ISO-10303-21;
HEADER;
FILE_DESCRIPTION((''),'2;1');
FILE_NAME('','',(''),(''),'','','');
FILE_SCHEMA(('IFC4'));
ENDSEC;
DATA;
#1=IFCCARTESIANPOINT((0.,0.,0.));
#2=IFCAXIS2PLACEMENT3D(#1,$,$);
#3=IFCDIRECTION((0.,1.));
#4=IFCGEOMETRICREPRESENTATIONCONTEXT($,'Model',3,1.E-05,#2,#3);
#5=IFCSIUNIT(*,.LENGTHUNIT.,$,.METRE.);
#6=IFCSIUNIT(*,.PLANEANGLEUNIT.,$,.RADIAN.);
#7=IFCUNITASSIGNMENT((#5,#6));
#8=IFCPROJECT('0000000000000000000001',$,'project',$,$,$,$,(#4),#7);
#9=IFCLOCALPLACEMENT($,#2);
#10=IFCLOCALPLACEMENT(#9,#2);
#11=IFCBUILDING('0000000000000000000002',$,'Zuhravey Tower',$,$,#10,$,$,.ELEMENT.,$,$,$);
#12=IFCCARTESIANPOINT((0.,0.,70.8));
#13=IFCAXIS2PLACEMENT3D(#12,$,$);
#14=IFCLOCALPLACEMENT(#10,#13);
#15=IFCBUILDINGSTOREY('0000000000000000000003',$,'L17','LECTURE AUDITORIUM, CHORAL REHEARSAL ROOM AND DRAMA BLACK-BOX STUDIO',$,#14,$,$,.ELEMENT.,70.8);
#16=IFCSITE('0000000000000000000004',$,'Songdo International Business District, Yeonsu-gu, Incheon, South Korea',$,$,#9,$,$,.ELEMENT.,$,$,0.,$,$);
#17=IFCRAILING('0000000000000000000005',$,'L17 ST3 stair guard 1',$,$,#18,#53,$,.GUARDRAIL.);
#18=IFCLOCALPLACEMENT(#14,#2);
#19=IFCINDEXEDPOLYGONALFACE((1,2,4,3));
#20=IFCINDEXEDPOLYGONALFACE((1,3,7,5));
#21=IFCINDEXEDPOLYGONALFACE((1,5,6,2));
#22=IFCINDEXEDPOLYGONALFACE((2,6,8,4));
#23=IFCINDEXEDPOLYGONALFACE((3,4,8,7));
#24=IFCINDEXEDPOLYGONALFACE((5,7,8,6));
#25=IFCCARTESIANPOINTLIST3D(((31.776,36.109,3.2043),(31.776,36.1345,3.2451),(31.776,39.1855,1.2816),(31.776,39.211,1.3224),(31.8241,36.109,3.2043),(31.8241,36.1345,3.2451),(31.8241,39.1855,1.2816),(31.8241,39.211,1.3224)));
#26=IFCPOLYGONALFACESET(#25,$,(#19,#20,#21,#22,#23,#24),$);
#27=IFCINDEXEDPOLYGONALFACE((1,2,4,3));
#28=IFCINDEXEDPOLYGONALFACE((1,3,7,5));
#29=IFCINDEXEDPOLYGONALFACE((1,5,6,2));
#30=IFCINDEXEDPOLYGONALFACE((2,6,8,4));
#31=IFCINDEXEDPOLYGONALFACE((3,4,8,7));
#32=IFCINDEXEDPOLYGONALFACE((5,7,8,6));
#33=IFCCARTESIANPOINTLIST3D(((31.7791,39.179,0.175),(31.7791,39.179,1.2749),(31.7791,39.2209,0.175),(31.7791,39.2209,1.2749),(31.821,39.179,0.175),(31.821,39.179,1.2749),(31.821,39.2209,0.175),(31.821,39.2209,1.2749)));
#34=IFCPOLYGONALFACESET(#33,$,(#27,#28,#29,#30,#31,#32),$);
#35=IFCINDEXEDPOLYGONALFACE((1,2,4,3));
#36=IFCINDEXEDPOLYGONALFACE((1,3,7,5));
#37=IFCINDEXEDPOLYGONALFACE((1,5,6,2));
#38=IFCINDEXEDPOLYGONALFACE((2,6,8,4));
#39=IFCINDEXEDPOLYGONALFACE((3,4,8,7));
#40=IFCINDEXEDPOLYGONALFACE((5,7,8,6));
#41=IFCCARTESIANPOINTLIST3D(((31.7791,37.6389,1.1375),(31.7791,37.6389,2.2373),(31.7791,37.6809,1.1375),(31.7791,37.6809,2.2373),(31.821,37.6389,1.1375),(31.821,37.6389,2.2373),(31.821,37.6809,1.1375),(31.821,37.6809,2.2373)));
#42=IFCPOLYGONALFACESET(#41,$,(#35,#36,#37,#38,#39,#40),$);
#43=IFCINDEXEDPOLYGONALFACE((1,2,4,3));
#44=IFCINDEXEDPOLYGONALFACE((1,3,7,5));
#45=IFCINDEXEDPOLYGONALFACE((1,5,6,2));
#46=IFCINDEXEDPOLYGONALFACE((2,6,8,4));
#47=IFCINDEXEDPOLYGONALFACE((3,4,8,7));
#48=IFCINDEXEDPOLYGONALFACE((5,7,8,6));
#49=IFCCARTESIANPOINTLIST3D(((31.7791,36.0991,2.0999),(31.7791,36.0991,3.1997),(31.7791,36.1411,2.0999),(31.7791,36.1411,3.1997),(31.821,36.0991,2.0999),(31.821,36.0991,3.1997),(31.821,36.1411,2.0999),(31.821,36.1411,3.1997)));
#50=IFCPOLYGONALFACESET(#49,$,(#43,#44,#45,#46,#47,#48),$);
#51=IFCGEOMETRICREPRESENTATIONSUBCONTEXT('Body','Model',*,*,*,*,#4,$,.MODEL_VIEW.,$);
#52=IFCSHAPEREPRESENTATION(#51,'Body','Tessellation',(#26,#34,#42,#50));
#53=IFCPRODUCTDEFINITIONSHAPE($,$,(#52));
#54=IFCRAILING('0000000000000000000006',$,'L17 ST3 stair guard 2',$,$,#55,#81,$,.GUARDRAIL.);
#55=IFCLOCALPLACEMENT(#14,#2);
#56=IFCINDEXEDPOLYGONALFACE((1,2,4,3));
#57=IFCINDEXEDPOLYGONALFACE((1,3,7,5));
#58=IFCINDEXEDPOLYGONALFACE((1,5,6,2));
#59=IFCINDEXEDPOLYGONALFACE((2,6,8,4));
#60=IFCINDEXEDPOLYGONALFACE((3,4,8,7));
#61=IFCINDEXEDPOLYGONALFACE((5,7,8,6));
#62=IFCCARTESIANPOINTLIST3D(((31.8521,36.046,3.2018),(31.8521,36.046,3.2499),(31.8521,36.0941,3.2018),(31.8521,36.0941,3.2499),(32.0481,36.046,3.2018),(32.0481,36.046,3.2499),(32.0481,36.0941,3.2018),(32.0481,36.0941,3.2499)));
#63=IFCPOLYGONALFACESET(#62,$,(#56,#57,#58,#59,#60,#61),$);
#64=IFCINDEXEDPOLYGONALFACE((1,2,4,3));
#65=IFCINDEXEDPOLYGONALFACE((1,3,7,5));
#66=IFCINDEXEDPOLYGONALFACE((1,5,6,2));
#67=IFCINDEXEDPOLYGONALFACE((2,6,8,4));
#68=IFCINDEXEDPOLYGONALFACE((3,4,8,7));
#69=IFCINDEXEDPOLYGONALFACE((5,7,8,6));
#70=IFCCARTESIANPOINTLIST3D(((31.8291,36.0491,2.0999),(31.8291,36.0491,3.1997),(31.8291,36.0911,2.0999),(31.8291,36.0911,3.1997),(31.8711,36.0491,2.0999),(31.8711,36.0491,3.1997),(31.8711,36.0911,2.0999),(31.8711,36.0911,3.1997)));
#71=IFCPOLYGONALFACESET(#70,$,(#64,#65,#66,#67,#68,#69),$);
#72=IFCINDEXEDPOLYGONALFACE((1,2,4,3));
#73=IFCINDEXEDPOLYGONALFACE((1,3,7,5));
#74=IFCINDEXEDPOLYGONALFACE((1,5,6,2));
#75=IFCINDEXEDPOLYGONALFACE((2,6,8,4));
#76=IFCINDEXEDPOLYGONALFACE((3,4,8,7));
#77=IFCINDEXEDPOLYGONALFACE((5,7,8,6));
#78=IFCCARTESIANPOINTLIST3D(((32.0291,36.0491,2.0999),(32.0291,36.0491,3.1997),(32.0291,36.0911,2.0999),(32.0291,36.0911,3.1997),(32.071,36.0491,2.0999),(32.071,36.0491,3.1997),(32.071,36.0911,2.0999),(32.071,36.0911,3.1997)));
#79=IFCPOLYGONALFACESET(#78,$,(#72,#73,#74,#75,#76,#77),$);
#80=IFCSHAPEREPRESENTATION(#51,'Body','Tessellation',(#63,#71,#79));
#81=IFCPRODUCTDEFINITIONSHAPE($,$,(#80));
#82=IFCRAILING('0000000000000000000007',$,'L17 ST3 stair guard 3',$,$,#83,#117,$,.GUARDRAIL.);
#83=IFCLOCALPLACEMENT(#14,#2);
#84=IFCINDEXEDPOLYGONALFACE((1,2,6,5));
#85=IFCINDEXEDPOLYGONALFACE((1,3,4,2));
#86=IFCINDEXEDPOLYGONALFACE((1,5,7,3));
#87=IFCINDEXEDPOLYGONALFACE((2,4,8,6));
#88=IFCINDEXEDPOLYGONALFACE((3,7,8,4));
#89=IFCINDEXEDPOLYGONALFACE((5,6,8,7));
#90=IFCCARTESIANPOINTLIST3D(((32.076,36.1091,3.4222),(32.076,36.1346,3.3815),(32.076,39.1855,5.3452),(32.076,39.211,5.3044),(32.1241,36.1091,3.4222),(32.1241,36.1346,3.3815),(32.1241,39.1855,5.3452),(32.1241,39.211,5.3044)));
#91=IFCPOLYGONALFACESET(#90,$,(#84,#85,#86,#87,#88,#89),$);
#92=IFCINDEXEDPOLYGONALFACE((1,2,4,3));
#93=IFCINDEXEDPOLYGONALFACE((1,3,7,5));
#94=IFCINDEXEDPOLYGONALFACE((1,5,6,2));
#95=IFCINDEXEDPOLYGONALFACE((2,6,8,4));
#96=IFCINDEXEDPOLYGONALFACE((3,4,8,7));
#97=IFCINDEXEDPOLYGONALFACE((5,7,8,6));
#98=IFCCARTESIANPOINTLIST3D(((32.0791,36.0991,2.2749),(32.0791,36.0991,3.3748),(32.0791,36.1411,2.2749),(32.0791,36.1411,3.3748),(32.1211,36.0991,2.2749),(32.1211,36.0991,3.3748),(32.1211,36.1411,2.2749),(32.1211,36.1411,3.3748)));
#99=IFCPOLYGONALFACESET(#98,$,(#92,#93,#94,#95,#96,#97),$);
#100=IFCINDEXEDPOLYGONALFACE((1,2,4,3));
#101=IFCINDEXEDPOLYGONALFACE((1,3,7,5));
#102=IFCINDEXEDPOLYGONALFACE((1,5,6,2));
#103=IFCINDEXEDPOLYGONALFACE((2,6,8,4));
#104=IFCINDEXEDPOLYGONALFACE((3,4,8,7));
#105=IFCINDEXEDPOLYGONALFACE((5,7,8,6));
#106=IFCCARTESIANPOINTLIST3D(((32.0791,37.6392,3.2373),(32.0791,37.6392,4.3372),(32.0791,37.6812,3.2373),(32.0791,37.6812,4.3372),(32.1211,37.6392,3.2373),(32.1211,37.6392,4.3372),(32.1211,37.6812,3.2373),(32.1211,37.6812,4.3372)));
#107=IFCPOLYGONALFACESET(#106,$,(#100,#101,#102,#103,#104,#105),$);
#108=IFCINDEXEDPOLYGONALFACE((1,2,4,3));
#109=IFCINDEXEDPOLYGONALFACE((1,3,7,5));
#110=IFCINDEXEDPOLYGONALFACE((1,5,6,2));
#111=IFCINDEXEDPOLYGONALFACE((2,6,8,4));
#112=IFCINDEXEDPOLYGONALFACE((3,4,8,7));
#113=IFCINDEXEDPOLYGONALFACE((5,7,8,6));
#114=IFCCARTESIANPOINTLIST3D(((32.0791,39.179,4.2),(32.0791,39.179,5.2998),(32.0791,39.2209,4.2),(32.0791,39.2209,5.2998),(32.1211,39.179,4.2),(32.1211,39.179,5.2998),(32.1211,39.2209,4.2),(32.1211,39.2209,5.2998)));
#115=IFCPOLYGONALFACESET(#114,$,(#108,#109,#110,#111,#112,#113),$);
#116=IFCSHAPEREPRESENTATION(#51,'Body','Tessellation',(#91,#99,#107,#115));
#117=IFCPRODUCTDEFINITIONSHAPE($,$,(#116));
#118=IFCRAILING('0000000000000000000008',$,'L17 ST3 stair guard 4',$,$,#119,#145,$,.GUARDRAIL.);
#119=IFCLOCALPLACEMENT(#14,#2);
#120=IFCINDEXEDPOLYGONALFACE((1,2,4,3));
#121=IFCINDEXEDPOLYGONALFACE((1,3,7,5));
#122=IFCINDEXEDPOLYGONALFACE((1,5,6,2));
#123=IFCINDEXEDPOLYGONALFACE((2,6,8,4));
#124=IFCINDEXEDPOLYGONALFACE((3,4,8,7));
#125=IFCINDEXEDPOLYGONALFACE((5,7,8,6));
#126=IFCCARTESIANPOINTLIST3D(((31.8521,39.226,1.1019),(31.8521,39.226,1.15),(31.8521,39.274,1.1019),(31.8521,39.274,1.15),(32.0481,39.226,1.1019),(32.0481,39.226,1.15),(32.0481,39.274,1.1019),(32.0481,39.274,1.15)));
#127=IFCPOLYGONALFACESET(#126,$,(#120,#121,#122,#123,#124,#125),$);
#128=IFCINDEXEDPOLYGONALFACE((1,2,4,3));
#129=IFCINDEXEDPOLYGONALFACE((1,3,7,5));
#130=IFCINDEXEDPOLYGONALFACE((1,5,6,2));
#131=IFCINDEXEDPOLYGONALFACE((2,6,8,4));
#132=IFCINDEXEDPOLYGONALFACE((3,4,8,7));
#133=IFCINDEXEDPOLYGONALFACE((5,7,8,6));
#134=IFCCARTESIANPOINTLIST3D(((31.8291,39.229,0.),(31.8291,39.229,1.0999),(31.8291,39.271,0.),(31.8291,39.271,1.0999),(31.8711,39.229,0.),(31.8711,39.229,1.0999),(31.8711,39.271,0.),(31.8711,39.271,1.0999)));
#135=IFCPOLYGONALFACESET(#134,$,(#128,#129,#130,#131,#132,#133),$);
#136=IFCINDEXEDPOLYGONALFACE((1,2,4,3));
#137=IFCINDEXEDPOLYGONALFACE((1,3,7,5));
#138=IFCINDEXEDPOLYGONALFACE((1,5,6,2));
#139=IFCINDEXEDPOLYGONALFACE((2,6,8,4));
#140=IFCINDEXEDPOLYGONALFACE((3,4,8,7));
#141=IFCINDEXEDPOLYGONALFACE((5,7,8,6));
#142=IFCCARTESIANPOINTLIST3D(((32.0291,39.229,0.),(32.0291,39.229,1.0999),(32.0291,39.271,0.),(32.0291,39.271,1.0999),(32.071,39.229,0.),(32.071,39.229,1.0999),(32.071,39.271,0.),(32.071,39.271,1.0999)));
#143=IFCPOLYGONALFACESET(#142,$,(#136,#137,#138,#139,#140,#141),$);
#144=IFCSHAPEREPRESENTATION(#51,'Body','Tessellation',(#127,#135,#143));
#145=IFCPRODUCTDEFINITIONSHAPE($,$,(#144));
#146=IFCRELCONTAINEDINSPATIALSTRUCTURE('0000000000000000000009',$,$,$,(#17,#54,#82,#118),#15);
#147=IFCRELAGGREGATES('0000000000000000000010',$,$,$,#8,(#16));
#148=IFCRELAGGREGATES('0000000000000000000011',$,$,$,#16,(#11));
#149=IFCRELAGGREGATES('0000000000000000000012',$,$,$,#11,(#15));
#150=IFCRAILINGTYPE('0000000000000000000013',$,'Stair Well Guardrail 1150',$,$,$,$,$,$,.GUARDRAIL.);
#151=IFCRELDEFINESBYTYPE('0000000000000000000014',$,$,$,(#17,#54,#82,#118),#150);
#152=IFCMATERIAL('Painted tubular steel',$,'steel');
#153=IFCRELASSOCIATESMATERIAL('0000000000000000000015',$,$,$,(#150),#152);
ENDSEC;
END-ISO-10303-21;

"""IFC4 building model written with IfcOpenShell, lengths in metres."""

from ifc_helpers import new_model, si_unit, direction, frame, origin, origin_2d, place, context, subcontext, project, spatial, rectangle, extrude, material, type_object, element, save


model = new_model("IFC4")

# Units and contexts
model_context = context("Model", 3, precision=1e-05, world=origin(), true_north=direction((0.0, 1.0)))
body_context = subcontext(model_context, "Body", "Model", "MODEL_VIEW")
ifc_project = project(units=[si_unit("LENGTHUNIT", "METRE"), si_unit("PLANEANGLEUNIT", "RADIAN")], contexts=[model_context])

# Site, building, storey
site_placement = place(None, origin())
site = spatial("IfcSite", under=ifc_project, at=site_placement, Name="Songdo International Business District, Yeonsu-gu, Incheon, South Korea", CompositionType="ELEMENT", RefElevation=0.0)
building_placement = place(site_placement, origin())
building = spatial("IfcBuilding", under=site, at=building_placement, Name="Zuhravey Tower", CompositionType="ELEMENT")
storey_placement = place(building_placement, frame((0.0, 0.0, 70.8)))
storey = spatial("IfcBuildingStorey", under=building, at=storey_placement, Name="L17", Description="LECTURE AUDITORIUM, CHORAL REHEARSAL ROOM AND DRAMA BLACK-BOX STUDIO", CompositionType="ELEMENT", Elevation=70.8)

# Railings
ifc_material_1 = material(Name="Painted tubular steel", Category="steel")
railing_type_1 = type_object("IfcRailingType", Name="Stair Well Guardrail 1150", PredefinedType="GUARDRAIL", material=ifc_material_1)
railing_1_placement = place(storey_placement, frame((31.8, 39.2, 0.175)))
element("IfcRailing", 1, at=railing_1_placement, inside=storey, type_object=railing_type_1, Name="L17 ST3 stair guard 1", PredefinedType="GUARDRAIL", context=body_context, shape_type="SweptSolid", body=[
    extrude(rectangle(XDim=0.0481, YDim=0.0481, at=origin_2d()), frame((0.0, -0.0017, 1.127), z_axis=(0.0, -0.84801, 0.529981), x_axis=(1.0, 0.0, 0.0)), (0.0, 0.0, 1.0), 3.6279),
    extrude(rectangle(XDim=0.042, YDim=0.042, at=origin_2d()), origin(), (0.0, 0.0, 1.0), 1.0999),
    extrude(rectangle(XDim=0.042, YDim=0.042, at=origin_2d()), frame((0.0, -1.54, 0.9624)), (0.0, 0.0, 1.0), 1.0999),
    extrude(rectangle(XDim=0.042, YDim=0.042, at=origin_2d()), frame((0.0, -3.0798, 1.9248)), (0.0, 0.0, 1.0), 1.0999),
])
railing_2_placement = place(storey_placement, frame((31.8501, 36.0701, 2.0999)))
element("IfcRailing", 2, at=railing_2_placement, inside=storey, type_object=railing_type_1, Name="L17 ST3 stair guard 2", PredefinedType="GUARDRAIL", context=body_context, shape_type="SweptSolid", body=[
    extrude(rectangle(XDim=0.0481, YDim=0.0481, at=origin_2d()), frame((0.002, 0.0, 1.126), z_axis=(1.0, 0.0, 0.0), x_axis=(0.0, 1.0, 0.0)), (0.0, 0.0, 1.0), 0.196),
    extrude(rectangle(XDim=0.042, YDim=0.042, at=origin_2d()), origin(), (0.0, 0.0, 1.0), 1.0999),
    extrude(rectangle(XDim=0.042, YDim=0.042, at=origin_2d()), frame((0.2, 0.0, 0.0)), (0.0, 0.0, 1.0), 1.0999),
])
railing_3_placement = place(storey_placement, frame((32.1001, 36.1201, 2.2749)))
element("IfcRailing", 3, at=railing_3_placement, inside=storey, type_object=railing_type_1, Name="L17 ST3 stair guard 3", PredefinedType="GUARDRAIL", context=body_context, shape_type="SweptSolid", body=[
    extrude(rectangle(XDim=0.0481, YDim=0.0481, at=origin_2d()), frame((0.0, 0.0017, 1.127), z_axis=(0.0, 0.847979, 0.530029), x_axis=(-1.0, 0.0, 0.0)), (0.0, 0.0, 1.0), 3.6279),
    extrude(rectangle(XDim=0.042, YDim=0.042, at=origin_2d()), origin(), (0.0, 0.0, 1.0), 1.0999),
    extrude(rectangle(XDim=0.042, YDim=0.042, at=origin_2d()), frame((0.0, 1.54, 0.9624)), (0.0, 0.0, 1.0), 1.0999),
    extrude(rectangle(XDim=0.042, YDim=0.042, at=origin_2d()), frame((0.0, 3.0798, 1.925)), (0.0, 0.0, 1.0), 1.0999),
])
railing_4_placement = place(storey_placement, frame((31.8501, 39.25, 0.0)))
element("IfcRailing", 4, at=railing_4_placement, inside=storey, type_object=railing_type_1, Name="L17 ST3 stair guard 4", PredefinedType="GUARDRAIL", context=body_context, shape_type="SweptSolid", body=[
    extrude(rectangle(XDim=0.0481, YDim=0.0481, at=origin_2d()), frame((0.002, 0.0, 1.126), z_axis=(1.0, 0.0, 0.0), x_axis=(0.0, 1.0, 0.0)), (0.0, 0.0, 1.0), 0.196),
    extrude(rectangle(XDim=0.042, YDim=0.042, at=origin_2d()), origin(), (0.0, 0.0, 1.0), 1.0999),
    extrude(rectangle(XDim=0.042, YDim=0.042, at=origin_2d()), frame((0.2, 0.0, 0.0)), (0.0, 0.0, 1.0), 1.0999),
])

save(model, "model.ifc")
